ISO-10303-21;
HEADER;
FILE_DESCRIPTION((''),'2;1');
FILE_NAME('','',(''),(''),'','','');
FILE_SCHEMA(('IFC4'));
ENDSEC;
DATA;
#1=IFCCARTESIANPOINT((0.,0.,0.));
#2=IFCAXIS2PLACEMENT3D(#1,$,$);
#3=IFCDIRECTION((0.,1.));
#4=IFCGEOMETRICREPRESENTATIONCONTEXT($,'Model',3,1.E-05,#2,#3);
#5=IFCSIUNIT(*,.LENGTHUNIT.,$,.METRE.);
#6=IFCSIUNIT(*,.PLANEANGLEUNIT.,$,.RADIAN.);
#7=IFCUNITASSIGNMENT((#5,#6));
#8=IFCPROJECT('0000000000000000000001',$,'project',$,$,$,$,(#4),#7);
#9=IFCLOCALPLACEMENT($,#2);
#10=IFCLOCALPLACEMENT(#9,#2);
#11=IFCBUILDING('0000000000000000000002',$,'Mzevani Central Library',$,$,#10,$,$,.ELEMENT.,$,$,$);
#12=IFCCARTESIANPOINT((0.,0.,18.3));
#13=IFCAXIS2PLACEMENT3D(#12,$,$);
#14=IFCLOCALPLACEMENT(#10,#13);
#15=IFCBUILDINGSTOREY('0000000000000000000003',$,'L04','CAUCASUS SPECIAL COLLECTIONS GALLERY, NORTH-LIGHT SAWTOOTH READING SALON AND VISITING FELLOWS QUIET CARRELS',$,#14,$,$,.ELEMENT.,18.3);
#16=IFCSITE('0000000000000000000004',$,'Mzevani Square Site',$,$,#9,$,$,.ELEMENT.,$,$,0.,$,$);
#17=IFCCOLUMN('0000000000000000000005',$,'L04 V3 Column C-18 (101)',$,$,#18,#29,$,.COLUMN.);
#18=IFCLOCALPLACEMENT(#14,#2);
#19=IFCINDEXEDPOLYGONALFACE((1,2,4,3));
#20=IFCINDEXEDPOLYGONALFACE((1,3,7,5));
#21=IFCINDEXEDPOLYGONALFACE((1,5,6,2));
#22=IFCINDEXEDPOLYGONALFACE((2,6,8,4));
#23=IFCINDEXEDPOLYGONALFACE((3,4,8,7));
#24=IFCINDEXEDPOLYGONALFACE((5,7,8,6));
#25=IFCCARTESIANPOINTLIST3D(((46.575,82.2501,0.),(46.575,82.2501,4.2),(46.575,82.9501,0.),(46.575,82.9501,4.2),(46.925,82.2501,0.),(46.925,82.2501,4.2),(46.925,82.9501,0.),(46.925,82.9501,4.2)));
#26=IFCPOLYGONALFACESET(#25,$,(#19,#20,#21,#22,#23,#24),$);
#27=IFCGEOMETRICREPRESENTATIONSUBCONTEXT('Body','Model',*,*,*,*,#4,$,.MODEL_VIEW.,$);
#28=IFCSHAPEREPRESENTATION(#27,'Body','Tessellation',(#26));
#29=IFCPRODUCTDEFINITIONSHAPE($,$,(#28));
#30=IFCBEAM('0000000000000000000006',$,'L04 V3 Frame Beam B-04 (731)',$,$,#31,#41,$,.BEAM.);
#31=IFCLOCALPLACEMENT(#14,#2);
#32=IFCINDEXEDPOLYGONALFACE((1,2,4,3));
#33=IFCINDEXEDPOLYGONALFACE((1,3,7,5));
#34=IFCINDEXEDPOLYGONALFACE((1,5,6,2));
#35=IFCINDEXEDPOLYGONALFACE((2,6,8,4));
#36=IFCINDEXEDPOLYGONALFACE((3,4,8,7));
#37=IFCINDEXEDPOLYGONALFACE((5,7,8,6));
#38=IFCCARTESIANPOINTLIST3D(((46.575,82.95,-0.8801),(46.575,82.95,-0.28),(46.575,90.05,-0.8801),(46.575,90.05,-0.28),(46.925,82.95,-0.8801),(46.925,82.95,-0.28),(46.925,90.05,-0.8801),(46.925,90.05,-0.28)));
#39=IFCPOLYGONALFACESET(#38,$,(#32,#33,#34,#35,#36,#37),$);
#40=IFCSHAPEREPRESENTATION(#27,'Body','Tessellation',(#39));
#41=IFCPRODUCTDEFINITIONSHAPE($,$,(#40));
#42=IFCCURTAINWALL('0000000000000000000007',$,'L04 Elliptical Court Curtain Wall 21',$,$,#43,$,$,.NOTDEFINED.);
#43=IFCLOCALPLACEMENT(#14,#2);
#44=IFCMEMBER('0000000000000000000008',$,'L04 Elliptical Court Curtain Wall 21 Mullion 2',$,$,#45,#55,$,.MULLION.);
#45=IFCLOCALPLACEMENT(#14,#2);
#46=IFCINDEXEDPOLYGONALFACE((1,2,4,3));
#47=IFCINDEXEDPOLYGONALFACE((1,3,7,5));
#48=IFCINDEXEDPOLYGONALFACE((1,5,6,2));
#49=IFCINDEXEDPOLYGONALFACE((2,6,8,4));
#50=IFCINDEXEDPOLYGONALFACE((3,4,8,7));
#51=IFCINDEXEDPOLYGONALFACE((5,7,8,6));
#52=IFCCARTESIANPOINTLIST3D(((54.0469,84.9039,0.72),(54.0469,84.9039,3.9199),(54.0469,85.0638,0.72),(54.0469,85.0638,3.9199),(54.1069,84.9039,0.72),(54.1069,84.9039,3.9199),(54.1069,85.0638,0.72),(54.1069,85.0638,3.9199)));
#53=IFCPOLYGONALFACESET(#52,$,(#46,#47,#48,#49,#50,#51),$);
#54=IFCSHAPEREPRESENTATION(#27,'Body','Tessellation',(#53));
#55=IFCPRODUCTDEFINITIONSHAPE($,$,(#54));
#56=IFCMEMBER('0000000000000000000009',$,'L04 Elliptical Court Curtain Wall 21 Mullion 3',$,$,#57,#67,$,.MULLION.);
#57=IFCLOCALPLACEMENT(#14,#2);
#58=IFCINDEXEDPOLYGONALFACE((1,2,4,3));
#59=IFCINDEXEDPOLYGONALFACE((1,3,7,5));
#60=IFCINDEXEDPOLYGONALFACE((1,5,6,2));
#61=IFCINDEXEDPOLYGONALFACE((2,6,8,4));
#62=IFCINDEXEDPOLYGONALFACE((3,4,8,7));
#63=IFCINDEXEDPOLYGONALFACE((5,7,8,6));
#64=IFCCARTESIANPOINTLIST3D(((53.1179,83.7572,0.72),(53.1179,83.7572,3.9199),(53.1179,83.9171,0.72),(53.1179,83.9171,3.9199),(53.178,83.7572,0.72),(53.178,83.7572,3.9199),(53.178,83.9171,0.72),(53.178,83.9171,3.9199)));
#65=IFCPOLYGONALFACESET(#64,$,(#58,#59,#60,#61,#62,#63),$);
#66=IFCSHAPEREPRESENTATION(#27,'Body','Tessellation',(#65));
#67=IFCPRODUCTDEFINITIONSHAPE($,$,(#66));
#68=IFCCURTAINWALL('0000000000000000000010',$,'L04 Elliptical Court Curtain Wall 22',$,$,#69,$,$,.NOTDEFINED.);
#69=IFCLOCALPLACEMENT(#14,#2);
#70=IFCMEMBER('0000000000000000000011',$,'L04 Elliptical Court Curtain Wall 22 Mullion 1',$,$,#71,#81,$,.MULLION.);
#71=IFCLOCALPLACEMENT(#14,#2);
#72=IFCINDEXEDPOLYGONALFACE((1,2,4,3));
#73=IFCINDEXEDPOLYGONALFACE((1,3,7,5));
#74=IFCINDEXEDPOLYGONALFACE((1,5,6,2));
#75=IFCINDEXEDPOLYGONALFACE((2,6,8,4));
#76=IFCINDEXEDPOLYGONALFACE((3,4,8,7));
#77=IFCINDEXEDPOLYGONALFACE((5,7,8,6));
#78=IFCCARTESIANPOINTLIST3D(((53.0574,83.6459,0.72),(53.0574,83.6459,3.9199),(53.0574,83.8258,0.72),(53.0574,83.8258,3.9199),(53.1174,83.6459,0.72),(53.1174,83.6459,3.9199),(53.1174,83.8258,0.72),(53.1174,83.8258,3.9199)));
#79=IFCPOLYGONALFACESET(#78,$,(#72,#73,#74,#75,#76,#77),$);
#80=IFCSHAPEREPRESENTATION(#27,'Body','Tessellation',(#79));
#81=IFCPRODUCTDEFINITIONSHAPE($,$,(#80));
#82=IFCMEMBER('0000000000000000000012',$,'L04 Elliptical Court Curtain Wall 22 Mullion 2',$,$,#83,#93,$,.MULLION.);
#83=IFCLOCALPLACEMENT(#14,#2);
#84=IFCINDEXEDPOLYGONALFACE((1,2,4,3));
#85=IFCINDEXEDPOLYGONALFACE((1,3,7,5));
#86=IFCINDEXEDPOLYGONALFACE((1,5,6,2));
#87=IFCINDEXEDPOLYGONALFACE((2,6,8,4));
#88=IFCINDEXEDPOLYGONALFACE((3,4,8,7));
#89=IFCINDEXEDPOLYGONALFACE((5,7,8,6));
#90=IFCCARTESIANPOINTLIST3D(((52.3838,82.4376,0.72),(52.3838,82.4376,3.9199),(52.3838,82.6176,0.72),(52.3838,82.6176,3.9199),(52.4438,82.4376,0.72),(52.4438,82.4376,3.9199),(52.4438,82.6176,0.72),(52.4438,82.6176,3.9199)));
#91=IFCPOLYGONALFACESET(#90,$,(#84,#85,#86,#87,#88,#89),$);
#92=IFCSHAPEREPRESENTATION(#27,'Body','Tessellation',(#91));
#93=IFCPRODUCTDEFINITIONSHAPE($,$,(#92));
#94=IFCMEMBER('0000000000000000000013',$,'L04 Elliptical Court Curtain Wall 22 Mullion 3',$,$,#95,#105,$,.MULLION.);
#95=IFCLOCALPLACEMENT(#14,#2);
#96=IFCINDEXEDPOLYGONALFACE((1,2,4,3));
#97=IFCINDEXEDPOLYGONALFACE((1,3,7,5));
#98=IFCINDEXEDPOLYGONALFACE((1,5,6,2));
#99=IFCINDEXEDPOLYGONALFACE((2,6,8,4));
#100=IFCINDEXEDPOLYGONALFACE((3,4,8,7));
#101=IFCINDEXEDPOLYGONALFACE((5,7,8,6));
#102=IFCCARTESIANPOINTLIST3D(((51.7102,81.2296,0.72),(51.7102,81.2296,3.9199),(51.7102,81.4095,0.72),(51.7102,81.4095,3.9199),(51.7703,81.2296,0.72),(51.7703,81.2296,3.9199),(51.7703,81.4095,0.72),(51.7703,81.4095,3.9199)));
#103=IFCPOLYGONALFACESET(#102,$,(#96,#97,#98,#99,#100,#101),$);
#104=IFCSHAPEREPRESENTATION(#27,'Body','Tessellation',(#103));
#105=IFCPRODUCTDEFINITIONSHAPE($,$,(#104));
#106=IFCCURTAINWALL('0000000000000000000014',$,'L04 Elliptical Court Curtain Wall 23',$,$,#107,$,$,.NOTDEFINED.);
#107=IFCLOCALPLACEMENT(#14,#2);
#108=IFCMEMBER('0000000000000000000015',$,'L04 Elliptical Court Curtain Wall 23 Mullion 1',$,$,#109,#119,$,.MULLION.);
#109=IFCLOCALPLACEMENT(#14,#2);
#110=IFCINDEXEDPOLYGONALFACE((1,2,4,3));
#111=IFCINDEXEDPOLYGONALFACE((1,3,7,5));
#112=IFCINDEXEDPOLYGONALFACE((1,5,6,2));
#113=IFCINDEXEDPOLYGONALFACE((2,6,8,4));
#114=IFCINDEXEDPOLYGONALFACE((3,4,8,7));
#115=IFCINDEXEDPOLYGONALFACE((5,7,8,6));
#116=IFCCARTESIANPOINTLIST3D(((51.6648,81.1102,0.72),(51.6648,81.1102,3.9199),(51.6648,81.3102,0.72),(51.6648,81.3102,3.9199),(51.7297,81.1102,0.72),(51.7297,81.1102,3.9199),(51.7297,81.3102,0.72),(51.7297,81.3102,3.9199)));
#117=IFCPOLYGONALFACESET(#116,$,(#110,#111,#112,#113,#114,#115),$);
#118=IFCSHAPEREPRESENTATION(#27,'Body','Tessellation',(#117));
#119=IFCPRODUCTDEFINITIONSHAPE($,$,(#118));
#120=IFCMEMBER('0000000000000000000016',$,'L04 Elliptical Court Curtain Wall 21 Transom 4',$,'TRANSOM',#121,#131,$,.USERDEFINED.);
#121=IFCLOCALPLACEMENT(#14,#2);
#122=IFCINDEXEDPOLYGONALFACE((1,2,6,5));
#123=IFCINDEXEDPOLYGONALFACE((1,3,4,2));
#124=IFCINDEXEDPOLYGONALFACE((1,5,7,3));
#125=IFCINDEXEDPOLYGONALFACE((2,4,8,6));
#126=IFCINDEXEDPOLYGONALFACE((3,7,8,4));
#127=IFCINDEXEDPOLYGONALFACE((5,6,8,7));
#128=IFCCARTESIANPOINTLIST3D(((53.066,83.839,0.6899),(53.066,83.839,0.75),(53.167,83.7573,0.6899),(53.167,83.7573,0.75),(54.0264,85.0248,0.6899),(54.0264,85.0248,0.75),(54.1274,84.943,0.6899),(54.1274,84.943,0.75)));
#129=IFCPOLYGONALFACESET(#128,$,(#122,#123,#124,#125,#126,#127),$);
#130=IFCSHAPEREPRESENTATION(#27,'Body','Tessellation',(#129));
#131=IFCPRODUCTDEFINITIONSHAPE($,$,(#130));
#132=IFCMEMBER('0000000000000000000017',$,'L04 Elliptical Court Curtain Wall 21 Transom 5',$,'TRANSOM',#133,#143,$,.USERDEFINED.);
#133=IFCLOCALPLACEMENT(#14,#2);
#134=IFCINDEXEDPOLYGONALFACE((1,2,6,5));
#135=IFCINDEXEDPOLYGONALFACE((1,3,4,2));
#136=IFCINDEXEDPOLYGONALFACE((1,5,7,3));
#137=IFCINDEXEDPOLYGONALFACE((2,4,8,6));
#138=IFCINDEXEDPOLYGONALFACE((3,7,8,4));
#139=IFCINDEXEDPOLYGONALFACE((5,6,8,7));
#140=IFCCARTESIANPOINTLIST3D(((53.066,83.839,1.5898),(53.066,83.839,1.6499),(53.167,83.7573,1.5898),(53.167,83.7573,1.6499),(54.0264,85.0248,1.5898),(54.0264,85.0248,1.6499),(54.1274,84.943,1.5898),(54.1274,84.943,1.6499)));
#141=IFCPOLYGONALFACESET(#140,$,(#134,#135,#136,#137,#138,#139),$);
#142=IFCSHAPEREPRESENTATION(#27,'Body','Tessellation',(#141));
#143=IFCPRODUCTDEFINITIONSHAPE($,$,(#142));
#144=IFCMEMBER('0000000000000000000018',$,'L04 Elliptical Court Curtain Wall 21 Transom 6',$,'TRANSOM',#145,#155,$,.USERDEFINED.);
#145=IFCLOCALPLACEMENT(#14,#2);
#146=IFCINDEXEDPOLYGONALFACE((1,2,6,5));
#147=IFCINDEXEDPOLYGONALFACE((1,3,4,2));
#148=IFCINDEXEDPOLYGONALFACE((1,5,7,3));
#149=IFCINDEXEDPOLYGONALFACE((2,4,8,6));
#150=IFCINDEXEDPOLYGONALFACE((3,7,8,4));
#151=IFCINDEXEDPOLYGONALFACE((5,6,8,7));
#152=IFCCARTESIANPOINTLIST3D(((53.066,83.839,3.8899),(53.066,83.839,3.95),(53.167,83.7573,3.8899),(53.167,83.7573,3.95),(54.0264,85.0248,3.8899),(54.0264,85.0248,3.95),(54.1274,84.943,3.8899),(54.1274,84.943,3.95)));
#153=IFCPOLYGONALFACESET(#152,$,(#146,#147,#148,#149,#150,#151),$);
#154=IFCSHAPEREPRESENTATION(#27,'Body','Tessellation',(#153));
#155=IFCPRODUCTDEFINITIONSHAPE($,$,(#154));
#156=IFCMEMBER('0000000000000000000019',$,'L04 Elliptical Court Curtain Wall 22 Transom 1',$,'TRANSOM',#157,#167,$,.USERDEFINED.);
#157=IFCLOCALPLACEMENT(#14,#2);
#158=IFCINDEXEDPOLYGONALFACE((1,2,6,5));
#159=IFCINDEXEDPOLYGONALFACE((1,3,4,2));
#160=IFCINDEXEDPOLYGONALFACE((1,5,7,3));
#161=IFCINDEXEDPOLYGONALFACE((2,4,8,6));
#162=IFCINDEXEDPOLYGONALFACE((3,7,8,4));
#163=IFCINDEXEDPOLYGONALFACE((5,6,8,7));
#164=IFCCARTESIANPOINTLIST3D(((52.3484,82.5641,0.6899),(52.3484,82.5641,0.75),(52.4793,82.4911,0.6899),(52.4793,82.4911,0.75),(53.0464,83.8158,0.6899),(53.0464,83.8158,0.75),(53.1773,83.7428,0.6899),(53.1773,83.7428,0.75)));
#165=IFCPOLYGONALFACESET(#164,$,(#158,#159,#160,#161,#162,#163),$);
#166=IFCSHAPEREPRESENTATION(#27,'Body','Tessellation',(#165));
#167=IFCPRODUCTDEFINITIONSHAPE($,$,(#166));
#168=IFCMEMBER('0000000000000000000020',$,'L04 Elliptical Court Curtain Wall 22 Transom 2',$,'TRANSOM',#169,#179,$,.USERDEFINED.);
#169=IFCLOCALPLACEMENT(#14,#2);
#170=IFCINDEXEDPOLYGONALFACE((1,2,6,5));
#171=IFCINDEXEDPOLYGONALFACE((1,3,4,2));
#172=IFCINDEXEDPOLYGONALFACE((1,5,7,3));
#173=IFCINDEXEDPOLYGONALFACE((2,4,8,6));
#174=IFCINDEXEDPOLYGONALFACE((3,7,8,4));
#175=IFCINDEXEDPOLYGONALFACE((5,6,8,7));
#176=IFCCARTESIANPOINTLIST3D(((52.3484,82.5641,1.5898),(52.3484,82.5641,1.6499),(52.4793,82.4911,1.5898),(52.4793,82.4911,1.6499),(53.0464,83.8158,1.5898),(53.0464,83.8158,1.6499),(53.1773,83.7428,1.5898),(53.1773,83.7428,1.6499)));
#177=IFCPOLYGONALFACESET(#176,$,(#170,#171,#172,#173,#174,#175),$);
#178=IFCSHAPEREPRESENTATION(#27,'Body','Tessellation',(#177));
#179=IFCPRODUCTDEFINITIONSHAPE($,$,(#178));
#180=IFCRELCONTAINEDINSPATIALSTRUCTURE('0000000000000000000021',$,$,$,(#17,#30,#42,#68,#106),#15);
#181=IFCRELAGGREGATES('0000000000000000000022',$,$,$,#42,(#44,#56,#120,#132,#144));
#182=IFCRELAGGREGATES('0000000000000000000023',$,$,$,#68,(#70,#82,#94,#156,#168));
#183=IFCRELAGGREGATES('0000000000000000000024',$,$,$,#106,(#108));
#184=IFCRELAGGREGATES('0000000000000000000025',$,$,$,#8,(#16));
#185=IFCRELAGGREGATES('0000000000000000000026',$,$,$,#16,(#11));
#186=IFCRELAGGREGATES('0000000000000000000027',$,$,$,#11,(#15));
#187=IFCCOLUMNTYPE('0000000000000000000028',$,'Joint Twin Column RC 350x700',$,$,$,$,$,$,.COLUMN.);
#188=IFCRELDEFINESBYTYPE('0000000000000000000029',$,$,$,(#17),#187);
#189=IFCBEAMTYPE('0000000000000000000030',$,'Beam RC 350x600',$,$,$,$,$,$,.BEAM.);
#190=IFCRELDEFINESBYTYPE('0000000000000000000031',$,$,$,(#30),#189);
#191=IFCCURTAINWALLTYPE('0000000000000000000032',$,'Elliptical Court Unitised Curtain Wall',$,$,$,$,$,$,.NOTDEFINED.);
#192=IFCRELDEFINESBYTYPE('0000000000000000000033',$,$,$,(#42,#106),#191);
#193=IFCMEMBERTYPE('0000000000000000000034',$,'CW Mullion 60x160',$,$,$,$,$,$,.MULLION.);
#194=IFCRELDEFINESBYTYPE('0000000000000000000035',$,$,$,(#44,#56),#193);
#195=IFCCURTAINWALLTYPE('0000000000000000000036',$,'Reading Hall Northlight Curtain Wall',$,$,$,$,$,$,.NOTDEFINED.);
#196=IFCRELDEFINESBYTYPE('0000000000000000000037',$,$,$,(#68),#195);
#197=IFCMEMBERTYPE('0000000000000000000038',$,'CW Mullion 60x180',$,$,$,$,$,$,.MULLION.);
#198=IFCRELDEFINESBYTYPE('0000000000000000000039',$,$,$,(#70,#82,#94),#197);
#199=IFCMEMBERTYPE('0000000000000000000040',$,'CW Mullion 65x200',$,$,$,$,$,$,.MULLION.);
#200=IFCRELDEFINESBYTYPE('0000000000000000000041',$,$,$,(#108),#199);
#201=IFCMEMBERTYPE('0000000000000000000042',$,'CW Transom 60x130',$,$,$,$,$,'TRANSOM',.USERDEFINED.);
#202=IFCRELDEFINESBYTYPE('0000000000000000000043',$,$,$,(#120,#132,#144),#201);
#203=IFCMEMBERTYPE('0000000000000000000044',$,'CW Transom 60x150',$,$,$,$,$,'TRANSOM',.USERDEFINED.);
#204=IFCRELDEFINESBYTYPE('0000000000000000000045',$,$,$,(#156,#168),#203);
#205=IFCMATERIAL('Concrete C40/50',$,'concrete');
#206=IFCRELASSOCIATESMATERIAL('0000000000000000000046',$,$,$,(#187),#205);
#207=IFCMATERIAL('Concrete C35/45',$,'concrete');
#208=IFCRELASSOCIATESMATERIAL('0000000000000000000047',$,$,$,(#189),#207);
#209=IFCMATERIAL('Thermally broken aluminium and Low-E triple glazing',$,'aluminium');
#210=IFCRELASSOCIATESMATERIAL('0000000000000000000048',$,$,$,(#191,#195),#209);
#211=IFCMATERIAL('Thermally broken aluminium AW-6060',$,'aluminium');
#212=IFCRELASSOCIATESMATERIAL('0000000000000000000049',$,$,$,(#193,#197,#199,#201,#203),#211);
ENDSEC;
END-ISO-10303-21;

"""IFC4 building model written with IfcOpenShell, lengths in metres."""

from ifc_helpers import new_model, si_unit, direction, frame, origin, origin_2d, place, context, subcontext, project, spatial, rectangle, extrude, material, material_profile, profile_set, type_object, element, aggregate, save


model = new_model("IFC4")

# Units and contexts
model_context = context("Model", 3, precision=1e-05, world=origin(), true_north=direction((0.0, 1.0)))
body_context = subcontext(model_context, "Body", "Model", "MODEL_VIEW")
ifc_project = project(units=[si_unit("LENGTHUNIT", "METRE"), si_unit("PLANEANGLEUNIT", "RADIAN")], contexts=[model_context])

# Site, building, storey
site_placement = place(None, origin())
site = spatial("IfcSite", under=ifc_project, at=site_placement, Name="Mzevani Square Site", CompositionType="ELEMENT", RefElevation=0.0)
building_placement = place(site_placement, origin())
building = spatial("IfcBuilding", under=site, at=building_placement, Name="Mzevani Central Library", CompositionType="ELEMENT")
storey_placement = place(building_placement, frame((0.0, 0.0, 18.3)))
storey = spatial("IfcBuildingStorey", under=building, at=storey_placement, Name="L04", Description="CAUCASUS SPECIAL COLLECTIONS GALLERY, NORTH-LIGHT SAWTOOTH READING SALON AND VISITING FELLOWS QUIET CARRELS", CompositionType="ELEMENT", Elevation=18.3)

# Column
ifc_material_1 = material(Name="Concrete C40/50", Category="concrete")
ifc_material_profile_1 = material_profile(ifc_material_1, rectangle(XDim=0.3501, YDim=0.7, at=origin_2d()), Name="RC 350x700")
ifc_profile_set_1 = profile_set([ifc_material_profile_1], Name="Concrete C40/50")
column_type = type_object("IfcColumnType", Name="Joint Twin Column RC 350x700", PredefinedType="COLUMN", material=ifc_profile_set_1)
column_placement = place(storey_placement, frame((46.75, 82.6001, 0.0), z_axis=(0.0, 0.0, 1.0), x_axis=(1.0, 0.0, 0.0)))
element("IfcColumn", 1, at=column_placement, inside=storey, type_object=column_type, Name="L04 V3 Column C-18 (101)", PredefinedType="COLUMN", context=body_context, shape_type="SweptSolid", body=[
    extrude(rectangle(XDim=0.3501, YDim=0.7, at=origin_2d()), origin(), (0.0, 0.0, 1.0), 4.2),
])

# Beam
ifc_material_2 = material(Name="Concrete C35/45", Category="concrete")
ifc_material_profile_2 = material_profile(ifc_material_2, rectangle(XDim=0.3501, YDim=0.6001, at=origin_2d()), Name="RC B350x600")
ifc_profile_set_2 = profile_set([ifc_material_profile_2], Name="Concrete C35/45")
beam_type = type_object("IfcBeamType", Name="Beam RC 350x600", PredefinedType="BEAM", material=ifc_profile_set_2)
beam_placement = place(storey_placement, frame((46.75, 82.95, -0.5801), z_axis=(0.0, 1.0, 0.0), x_axis=(-1.0, 0.0, 0.0)))
element("IfcBeam", 2, at=beam_placement, inside=storey, type_object=beam_type, Name="L04 V3 Frame Beam B-04 (731)", PredefinedType="BEAM", context=body_context, shape_type="SweptSolid", body=[
    extrude(rectangle(XDim=0.3501, YDim=0.6001, at=origin_2d()), origin(), (0.0, 0.0, 1.0), 7.1001),
])

# Curtain walls, members
ifc_material_3 = material(Name="Thermally broken aluminium and Low-E triple glazing", Category="aluminium")
curtain_wall_type_1 = type_object("IfcCurtainWallType", Name="Elliptical Court Unitised Curtain Wall", PredefinedType="NOTDEFINED", material=ifc_material_3)
curtain_wall_1_placement = place(storey_placement, origin())
curtain_wall_1 = element("IfcCurtainWall", 3, at=curtain_wall_1_placement, inside=storey, type_object=curtain_wall_type_1, Name="L04 Elliptical Court Curtain Wall 21", PredefinedType="NOTDEFINED")
ifc_material_4 = material(Name="Thermally broken aluminium AW-6060", Category="aluminium")
ifc_material_profile_3 = material_profile(ifc_material_4, rectangle(XDim=0.0601, YDim=0.1599, at=origin_2d()), Name="ALU M60x160")
ifc_profile_set_3 = profile_set([ifc_material_profile_3], Name="Thermally broken aluminium AW-6060")
member_type_1 = type_object("IfcMemberType", Name="CW Mullion 60x160", PredefinedType="MULLION", material=ifc_profile_set_3)
member_1_placement = place(storey_placement, frame((54.0769, 84.9839, 0.72), z_axis=(0.0, 0.0, 1.0), x_axis=(1.0, 0.0, 0.0)))
member_1 = element("IfcMember", 4, at=member_1_placement, type_object=member_type_1, Name="L04 Elliptical Court Curtain Wall 21 Mullion 2", PredefinedType="MULLION", context=body_context, shape_type="SweptSolid", body=[
    extrude(rectangle(XDim=0.0601, YDim=0.1599, at=origin_2d()), origin(), (0.0, 0.0, 1.0), 3.2),
])
member_2_placement = place(storey_placement, frame((53.1479, 83.8372, 0.72), z_axis=(0.0, 0.0, 1.0), x_axis=(1.0, 0.0, 0.0)))
member_2 = element("IfcMember", 5, at=member_2_placement, type_object=member_type_1, Name="L04 Elliptical Court Curtain Wall 21 Mullion 3", PredefinedType="MULLION", context=body_context, shape_type="SweptSolid", body=[
    extrude(rectangle(XDim=0.0601, YDim=0.1599, at=origin_2d()), origin(), (0.0, 0.0, 1.0), 3.2),
])
curtain_wall_type_2 = type_object("IfcCurtainWallType", Name="Reading Hall Northlight Curtain Wall", PredefinedType="NOTDEFINED", material=ifc_material_3)
curtain_wall_2_placement = place(storey_placement, origin())
curtain_wall_2 = element("IfcCurtainWall", 6, at=curtain_wall_2_placement, inside=storey, type_object=curtain_wall_type_2, Name="L04 Elliptical Court Curtain Wall 22", PredefinedType="NOTDEFINED")
ifc_material_profile_4 = material_profile(ifc_material_4, rectangle(XDim=0.0601, YDim=0.1799, at=origin_2d()), Name="ALU M60x180")
ifc_profile_set_4 = profile_set([ifc_material_profile_4], Name="Thermally broken aluminium AW-6060")
member_type_2 = type_object("IfcMemberType", Name="CW Mullion 60x180", PredefinedType="MULLION", material=ifc_profile_set_4)
member_3_placement = place(storey_placement, frame((53.0874, 83.7358, 0.72), z_axis=(0.0, 0.0, 1.0), x_axis=(1.0, 0.0, 0.0)))
member_3 = element("IfcMember", 7, at=member_3_placement, type_object=member_type_2, Name="L04 Elliptical Court Curtain Wall 22 Mullion 1", PredefinedType="MULLION", context=body_context, shape_type="SweptSolid", body=[
    extrude(rectangle(XDim=0.0601, YDim=0.1799, at=origin_2d()), origin(), (0.0, 0.0, 1.0), 3.2),
])
member_4_placement = place(storey_placement, frame((52.4138, 82.5276, 0.72), z_axis=(0.0, 0.0, 1.0), x_axis=(1.0, 0.0, 0.0)))
member_4 = element("IfcMember", 8, at=member_4_placement, type_object=member_type_2, Name="L04 Elliptical Court Curtain Wall 22 Mullion 2", PredefinedType="MULLION", context=body_context, shape_type="SweptSolid", body=[
    extrude(rectangle(XDim=0.0601, YDim=0.1799, at=origin_2d()), origin(), (0.0, 0.0, 1.0), 3.2),
])
member_5_placement = place(storey_placement, frame((51.7402, 81.3196, 0.72), z_axis=(0.0, 0.0, 1.0), x_axis=(1.0, 0.0, 0.0)))
member_5 = element("IfcMember", 9, at=member_5_placement, type_object=member_type_2, Name="L04 Elliptical Court Curtain Wall 22 Mullion 3", PredefinedType="MULLION", context=body_context, shape_type="SweptSolid", body=[
    extrude(rectangle(XDim=0.0601, YDim=0.1799, at=origin_2d()), origin(), (0.0, 0.0, 1.0), 3.2),
])

# Curtain wall, member
curtain_wall_3_placement = place(storey_placement, origin())
curtain_wall_3 = element("IfcCurtainWall", 10, at=curtain_wall_3_placement, inside=storey, type_object=curtain_wall_type_1, Name="L04 Elliptical Court Curtain Wall 23", PredefinedType="NOTDEFINED")
ifc_material_profile_5 = material_profile(ifc_material_4, rectangle(XDim=0.0649, YDim=0.2, at=origin_2d()), Name="ALU M65x200")
ifc_profile_set_5 = profile_set([ifc_material_profile_5], Name="Thermally broken aluminium AW-6060")
member_type_3 = type_object("IfcMemberType", Name="CW Mullion 65x200", PredefinedType="MULLION", material=ifc_profile_set_5)
member_6_placement = place(storey_placement, frame((51.6973, 81.2102, 0.72), z_axis=(0.0, 0.0, 1.0), x_axis=(1.0, 0.0, 0.0)))
member_6 = element("IfcMember", 11, at=member_6_placement, type_object=member_type_3, Name="L04 Elliptical Court Curtain Wall 23 Mullion 1", PredefinedType="MULLION", context=body_context, shape_type="SweptSolid", body=[
    extrude(rectangle(XDim=0.0649, YDim=0.2, at=origin_2d()), origin(), (0.0, 0.0, 1.0), 3.2),
])

# Members
ifc_material_profile_6 = material_profile(ifc_material_4, rectangle(XDim=0.1299, YDim=0.0601, at=origin_2d()), Name="ALU T60x130")
ifc_profile_set_6 = profile_set([ifc_material_profile_6], Name="Thermally broken aluminium AW-6060")
member_type_4 = type_object("IfcMemberType", Name="CW Transom 60x130", ElementType="TRANSOM", PredefinedType="USERDEFINED", material=ifc_profile_set_6)
member_7_placement = place(storey_placement, frame((54.0769, 84.9839, 0.72), z_axis=(-0.629405, -0.777077, 0.0), x_axis=(0.777077, -0.629405, 0.0)))
member_7 = element("IfcMember", 12, at=member_7_placement, type_object=member_type_4, Name="L04 Elliptical Court Curtain Wall 21 Transom 4", ObjectType="TRANSOM", PredefinedType="USERDEFINED", context=body_context, shape_type="SweptSolid", body=[
    extrude(rectangle(XDim=0.1299, YDim=0.0601, at=origin_2d()), origin(), (0.0, 0.0, 1.0), 1.5259),
])
member_8_placement = place(storey_placement, frame((54.0769, 84.9839, 1.6199), z_axis=(-0.629405, -0.777077, 0.0), x_axis=(0.777077, -0.629405, 0.0)))
member_8 = element("IfcMember", 13, at=member_8_placement, type_object=member_type_4, Name="L04 Elliptical Court Curtain Wall 21 Transom 5", ObjectType="TRANSOM", PredefinedType="USERDEFINED", context=body_context, shape_type="SweptSolid", body=[
    extrude(rectangle(XDim=0.1299, YDim=0.0601, at=origin_2d()), origin(), (0.0, 0.0, 1.0), 1.5259),
])
member_9_placement = place(storey_placement, frame((54.0769, 84.9839, 3.9199), z_axis=(-0.629405, -0.777077, 0.0), x_axis=(0.777077, -0.629405, 0.0)))
member_9 = element("IfcMember", 14, at=member_9_placement, type_object=member_type_4, Name="L04 Elliptical Court Curtain Wall 21 Transom 6", ObjectType="TRANSOM", PredefinedType="USERDEFINED", context=body_context, shape_type="SweptSolid", body=[
    extrude(rectangle(XDim=0.1299, YDim=0.0601, at=origin_2d()), origin(), (0.0, 0.0, 1.0), 1.5259),
])
ifc_material_profile_7 = material_profile(ifc_material_4, rectangle(XDim=0.1499, YDim=0.0601, at=origin_2d()), Name="ALU T60x150")
ifc_profile_set_7 = profile_set([ifc_material_profile_7], Name="Thermally broken aluminium AW-6060")
member_type_5 = type_object("IfcMemberType", Name="CW Transom 60x150", ElementType="TRANSOM", PredefinedType="USERDEFINED", material=ifc_profile_set_7)
member_10_placement = place(storey_placement, frame((53.1118, 83.7793, 0.72), z_axis=(-0.487031, -0.873385, 0.0), x_axis=(0.873385, -0.487031, 0.0)))
member_10 = element("IfcMember", 15, at=member_10_placement, type_object=member_type_5, Name="L04 Elliptical Court Curtain Wall 22 Transom 1", ObjectType="TRANSOM", PredefinedType="USERDEFINED", context=body_context, shape_type="SweptSolid", body=[
    extrude(rectangle(XDim=0.1499, YDim=0.0601, at=origin_2d()), origin(), (0.0, 0.0, 1.0), 1.4331),
])
member_11_placement = place(storey_placement, frame((53.1118, 83.7793, 1.6199), z_axis=(-0.487031, -0.873385, 0.0), x_axis=(0.873385, -0.487031, 0.0)))
member_11 = element("IfcMember", 16, at=member_11_placement, type_object=member_type_5, Name="L04 Elliptical Court Curtain Wall 22 Transom 2", ObjectType="TRANSOM", PredefinedType="USERDEFINED", context=body_context, shape_type="SweptSolid", body=[
    extrude(rectangle(XDim=0.1499, YDim=0.0601, at=origin_2d()), origin(), (0.0, 0.0, 1.0), 1.4331),
])

aggregate(curtain_wall_1, [member_1, member_2, member_7, member_8, member_9])
aggregate(curtain_wall_2, [member_3, member_4, member_5, member_10, member_11])
aggregate(curtain_wall_3, [member_6])

save(model, "model.ifc")
